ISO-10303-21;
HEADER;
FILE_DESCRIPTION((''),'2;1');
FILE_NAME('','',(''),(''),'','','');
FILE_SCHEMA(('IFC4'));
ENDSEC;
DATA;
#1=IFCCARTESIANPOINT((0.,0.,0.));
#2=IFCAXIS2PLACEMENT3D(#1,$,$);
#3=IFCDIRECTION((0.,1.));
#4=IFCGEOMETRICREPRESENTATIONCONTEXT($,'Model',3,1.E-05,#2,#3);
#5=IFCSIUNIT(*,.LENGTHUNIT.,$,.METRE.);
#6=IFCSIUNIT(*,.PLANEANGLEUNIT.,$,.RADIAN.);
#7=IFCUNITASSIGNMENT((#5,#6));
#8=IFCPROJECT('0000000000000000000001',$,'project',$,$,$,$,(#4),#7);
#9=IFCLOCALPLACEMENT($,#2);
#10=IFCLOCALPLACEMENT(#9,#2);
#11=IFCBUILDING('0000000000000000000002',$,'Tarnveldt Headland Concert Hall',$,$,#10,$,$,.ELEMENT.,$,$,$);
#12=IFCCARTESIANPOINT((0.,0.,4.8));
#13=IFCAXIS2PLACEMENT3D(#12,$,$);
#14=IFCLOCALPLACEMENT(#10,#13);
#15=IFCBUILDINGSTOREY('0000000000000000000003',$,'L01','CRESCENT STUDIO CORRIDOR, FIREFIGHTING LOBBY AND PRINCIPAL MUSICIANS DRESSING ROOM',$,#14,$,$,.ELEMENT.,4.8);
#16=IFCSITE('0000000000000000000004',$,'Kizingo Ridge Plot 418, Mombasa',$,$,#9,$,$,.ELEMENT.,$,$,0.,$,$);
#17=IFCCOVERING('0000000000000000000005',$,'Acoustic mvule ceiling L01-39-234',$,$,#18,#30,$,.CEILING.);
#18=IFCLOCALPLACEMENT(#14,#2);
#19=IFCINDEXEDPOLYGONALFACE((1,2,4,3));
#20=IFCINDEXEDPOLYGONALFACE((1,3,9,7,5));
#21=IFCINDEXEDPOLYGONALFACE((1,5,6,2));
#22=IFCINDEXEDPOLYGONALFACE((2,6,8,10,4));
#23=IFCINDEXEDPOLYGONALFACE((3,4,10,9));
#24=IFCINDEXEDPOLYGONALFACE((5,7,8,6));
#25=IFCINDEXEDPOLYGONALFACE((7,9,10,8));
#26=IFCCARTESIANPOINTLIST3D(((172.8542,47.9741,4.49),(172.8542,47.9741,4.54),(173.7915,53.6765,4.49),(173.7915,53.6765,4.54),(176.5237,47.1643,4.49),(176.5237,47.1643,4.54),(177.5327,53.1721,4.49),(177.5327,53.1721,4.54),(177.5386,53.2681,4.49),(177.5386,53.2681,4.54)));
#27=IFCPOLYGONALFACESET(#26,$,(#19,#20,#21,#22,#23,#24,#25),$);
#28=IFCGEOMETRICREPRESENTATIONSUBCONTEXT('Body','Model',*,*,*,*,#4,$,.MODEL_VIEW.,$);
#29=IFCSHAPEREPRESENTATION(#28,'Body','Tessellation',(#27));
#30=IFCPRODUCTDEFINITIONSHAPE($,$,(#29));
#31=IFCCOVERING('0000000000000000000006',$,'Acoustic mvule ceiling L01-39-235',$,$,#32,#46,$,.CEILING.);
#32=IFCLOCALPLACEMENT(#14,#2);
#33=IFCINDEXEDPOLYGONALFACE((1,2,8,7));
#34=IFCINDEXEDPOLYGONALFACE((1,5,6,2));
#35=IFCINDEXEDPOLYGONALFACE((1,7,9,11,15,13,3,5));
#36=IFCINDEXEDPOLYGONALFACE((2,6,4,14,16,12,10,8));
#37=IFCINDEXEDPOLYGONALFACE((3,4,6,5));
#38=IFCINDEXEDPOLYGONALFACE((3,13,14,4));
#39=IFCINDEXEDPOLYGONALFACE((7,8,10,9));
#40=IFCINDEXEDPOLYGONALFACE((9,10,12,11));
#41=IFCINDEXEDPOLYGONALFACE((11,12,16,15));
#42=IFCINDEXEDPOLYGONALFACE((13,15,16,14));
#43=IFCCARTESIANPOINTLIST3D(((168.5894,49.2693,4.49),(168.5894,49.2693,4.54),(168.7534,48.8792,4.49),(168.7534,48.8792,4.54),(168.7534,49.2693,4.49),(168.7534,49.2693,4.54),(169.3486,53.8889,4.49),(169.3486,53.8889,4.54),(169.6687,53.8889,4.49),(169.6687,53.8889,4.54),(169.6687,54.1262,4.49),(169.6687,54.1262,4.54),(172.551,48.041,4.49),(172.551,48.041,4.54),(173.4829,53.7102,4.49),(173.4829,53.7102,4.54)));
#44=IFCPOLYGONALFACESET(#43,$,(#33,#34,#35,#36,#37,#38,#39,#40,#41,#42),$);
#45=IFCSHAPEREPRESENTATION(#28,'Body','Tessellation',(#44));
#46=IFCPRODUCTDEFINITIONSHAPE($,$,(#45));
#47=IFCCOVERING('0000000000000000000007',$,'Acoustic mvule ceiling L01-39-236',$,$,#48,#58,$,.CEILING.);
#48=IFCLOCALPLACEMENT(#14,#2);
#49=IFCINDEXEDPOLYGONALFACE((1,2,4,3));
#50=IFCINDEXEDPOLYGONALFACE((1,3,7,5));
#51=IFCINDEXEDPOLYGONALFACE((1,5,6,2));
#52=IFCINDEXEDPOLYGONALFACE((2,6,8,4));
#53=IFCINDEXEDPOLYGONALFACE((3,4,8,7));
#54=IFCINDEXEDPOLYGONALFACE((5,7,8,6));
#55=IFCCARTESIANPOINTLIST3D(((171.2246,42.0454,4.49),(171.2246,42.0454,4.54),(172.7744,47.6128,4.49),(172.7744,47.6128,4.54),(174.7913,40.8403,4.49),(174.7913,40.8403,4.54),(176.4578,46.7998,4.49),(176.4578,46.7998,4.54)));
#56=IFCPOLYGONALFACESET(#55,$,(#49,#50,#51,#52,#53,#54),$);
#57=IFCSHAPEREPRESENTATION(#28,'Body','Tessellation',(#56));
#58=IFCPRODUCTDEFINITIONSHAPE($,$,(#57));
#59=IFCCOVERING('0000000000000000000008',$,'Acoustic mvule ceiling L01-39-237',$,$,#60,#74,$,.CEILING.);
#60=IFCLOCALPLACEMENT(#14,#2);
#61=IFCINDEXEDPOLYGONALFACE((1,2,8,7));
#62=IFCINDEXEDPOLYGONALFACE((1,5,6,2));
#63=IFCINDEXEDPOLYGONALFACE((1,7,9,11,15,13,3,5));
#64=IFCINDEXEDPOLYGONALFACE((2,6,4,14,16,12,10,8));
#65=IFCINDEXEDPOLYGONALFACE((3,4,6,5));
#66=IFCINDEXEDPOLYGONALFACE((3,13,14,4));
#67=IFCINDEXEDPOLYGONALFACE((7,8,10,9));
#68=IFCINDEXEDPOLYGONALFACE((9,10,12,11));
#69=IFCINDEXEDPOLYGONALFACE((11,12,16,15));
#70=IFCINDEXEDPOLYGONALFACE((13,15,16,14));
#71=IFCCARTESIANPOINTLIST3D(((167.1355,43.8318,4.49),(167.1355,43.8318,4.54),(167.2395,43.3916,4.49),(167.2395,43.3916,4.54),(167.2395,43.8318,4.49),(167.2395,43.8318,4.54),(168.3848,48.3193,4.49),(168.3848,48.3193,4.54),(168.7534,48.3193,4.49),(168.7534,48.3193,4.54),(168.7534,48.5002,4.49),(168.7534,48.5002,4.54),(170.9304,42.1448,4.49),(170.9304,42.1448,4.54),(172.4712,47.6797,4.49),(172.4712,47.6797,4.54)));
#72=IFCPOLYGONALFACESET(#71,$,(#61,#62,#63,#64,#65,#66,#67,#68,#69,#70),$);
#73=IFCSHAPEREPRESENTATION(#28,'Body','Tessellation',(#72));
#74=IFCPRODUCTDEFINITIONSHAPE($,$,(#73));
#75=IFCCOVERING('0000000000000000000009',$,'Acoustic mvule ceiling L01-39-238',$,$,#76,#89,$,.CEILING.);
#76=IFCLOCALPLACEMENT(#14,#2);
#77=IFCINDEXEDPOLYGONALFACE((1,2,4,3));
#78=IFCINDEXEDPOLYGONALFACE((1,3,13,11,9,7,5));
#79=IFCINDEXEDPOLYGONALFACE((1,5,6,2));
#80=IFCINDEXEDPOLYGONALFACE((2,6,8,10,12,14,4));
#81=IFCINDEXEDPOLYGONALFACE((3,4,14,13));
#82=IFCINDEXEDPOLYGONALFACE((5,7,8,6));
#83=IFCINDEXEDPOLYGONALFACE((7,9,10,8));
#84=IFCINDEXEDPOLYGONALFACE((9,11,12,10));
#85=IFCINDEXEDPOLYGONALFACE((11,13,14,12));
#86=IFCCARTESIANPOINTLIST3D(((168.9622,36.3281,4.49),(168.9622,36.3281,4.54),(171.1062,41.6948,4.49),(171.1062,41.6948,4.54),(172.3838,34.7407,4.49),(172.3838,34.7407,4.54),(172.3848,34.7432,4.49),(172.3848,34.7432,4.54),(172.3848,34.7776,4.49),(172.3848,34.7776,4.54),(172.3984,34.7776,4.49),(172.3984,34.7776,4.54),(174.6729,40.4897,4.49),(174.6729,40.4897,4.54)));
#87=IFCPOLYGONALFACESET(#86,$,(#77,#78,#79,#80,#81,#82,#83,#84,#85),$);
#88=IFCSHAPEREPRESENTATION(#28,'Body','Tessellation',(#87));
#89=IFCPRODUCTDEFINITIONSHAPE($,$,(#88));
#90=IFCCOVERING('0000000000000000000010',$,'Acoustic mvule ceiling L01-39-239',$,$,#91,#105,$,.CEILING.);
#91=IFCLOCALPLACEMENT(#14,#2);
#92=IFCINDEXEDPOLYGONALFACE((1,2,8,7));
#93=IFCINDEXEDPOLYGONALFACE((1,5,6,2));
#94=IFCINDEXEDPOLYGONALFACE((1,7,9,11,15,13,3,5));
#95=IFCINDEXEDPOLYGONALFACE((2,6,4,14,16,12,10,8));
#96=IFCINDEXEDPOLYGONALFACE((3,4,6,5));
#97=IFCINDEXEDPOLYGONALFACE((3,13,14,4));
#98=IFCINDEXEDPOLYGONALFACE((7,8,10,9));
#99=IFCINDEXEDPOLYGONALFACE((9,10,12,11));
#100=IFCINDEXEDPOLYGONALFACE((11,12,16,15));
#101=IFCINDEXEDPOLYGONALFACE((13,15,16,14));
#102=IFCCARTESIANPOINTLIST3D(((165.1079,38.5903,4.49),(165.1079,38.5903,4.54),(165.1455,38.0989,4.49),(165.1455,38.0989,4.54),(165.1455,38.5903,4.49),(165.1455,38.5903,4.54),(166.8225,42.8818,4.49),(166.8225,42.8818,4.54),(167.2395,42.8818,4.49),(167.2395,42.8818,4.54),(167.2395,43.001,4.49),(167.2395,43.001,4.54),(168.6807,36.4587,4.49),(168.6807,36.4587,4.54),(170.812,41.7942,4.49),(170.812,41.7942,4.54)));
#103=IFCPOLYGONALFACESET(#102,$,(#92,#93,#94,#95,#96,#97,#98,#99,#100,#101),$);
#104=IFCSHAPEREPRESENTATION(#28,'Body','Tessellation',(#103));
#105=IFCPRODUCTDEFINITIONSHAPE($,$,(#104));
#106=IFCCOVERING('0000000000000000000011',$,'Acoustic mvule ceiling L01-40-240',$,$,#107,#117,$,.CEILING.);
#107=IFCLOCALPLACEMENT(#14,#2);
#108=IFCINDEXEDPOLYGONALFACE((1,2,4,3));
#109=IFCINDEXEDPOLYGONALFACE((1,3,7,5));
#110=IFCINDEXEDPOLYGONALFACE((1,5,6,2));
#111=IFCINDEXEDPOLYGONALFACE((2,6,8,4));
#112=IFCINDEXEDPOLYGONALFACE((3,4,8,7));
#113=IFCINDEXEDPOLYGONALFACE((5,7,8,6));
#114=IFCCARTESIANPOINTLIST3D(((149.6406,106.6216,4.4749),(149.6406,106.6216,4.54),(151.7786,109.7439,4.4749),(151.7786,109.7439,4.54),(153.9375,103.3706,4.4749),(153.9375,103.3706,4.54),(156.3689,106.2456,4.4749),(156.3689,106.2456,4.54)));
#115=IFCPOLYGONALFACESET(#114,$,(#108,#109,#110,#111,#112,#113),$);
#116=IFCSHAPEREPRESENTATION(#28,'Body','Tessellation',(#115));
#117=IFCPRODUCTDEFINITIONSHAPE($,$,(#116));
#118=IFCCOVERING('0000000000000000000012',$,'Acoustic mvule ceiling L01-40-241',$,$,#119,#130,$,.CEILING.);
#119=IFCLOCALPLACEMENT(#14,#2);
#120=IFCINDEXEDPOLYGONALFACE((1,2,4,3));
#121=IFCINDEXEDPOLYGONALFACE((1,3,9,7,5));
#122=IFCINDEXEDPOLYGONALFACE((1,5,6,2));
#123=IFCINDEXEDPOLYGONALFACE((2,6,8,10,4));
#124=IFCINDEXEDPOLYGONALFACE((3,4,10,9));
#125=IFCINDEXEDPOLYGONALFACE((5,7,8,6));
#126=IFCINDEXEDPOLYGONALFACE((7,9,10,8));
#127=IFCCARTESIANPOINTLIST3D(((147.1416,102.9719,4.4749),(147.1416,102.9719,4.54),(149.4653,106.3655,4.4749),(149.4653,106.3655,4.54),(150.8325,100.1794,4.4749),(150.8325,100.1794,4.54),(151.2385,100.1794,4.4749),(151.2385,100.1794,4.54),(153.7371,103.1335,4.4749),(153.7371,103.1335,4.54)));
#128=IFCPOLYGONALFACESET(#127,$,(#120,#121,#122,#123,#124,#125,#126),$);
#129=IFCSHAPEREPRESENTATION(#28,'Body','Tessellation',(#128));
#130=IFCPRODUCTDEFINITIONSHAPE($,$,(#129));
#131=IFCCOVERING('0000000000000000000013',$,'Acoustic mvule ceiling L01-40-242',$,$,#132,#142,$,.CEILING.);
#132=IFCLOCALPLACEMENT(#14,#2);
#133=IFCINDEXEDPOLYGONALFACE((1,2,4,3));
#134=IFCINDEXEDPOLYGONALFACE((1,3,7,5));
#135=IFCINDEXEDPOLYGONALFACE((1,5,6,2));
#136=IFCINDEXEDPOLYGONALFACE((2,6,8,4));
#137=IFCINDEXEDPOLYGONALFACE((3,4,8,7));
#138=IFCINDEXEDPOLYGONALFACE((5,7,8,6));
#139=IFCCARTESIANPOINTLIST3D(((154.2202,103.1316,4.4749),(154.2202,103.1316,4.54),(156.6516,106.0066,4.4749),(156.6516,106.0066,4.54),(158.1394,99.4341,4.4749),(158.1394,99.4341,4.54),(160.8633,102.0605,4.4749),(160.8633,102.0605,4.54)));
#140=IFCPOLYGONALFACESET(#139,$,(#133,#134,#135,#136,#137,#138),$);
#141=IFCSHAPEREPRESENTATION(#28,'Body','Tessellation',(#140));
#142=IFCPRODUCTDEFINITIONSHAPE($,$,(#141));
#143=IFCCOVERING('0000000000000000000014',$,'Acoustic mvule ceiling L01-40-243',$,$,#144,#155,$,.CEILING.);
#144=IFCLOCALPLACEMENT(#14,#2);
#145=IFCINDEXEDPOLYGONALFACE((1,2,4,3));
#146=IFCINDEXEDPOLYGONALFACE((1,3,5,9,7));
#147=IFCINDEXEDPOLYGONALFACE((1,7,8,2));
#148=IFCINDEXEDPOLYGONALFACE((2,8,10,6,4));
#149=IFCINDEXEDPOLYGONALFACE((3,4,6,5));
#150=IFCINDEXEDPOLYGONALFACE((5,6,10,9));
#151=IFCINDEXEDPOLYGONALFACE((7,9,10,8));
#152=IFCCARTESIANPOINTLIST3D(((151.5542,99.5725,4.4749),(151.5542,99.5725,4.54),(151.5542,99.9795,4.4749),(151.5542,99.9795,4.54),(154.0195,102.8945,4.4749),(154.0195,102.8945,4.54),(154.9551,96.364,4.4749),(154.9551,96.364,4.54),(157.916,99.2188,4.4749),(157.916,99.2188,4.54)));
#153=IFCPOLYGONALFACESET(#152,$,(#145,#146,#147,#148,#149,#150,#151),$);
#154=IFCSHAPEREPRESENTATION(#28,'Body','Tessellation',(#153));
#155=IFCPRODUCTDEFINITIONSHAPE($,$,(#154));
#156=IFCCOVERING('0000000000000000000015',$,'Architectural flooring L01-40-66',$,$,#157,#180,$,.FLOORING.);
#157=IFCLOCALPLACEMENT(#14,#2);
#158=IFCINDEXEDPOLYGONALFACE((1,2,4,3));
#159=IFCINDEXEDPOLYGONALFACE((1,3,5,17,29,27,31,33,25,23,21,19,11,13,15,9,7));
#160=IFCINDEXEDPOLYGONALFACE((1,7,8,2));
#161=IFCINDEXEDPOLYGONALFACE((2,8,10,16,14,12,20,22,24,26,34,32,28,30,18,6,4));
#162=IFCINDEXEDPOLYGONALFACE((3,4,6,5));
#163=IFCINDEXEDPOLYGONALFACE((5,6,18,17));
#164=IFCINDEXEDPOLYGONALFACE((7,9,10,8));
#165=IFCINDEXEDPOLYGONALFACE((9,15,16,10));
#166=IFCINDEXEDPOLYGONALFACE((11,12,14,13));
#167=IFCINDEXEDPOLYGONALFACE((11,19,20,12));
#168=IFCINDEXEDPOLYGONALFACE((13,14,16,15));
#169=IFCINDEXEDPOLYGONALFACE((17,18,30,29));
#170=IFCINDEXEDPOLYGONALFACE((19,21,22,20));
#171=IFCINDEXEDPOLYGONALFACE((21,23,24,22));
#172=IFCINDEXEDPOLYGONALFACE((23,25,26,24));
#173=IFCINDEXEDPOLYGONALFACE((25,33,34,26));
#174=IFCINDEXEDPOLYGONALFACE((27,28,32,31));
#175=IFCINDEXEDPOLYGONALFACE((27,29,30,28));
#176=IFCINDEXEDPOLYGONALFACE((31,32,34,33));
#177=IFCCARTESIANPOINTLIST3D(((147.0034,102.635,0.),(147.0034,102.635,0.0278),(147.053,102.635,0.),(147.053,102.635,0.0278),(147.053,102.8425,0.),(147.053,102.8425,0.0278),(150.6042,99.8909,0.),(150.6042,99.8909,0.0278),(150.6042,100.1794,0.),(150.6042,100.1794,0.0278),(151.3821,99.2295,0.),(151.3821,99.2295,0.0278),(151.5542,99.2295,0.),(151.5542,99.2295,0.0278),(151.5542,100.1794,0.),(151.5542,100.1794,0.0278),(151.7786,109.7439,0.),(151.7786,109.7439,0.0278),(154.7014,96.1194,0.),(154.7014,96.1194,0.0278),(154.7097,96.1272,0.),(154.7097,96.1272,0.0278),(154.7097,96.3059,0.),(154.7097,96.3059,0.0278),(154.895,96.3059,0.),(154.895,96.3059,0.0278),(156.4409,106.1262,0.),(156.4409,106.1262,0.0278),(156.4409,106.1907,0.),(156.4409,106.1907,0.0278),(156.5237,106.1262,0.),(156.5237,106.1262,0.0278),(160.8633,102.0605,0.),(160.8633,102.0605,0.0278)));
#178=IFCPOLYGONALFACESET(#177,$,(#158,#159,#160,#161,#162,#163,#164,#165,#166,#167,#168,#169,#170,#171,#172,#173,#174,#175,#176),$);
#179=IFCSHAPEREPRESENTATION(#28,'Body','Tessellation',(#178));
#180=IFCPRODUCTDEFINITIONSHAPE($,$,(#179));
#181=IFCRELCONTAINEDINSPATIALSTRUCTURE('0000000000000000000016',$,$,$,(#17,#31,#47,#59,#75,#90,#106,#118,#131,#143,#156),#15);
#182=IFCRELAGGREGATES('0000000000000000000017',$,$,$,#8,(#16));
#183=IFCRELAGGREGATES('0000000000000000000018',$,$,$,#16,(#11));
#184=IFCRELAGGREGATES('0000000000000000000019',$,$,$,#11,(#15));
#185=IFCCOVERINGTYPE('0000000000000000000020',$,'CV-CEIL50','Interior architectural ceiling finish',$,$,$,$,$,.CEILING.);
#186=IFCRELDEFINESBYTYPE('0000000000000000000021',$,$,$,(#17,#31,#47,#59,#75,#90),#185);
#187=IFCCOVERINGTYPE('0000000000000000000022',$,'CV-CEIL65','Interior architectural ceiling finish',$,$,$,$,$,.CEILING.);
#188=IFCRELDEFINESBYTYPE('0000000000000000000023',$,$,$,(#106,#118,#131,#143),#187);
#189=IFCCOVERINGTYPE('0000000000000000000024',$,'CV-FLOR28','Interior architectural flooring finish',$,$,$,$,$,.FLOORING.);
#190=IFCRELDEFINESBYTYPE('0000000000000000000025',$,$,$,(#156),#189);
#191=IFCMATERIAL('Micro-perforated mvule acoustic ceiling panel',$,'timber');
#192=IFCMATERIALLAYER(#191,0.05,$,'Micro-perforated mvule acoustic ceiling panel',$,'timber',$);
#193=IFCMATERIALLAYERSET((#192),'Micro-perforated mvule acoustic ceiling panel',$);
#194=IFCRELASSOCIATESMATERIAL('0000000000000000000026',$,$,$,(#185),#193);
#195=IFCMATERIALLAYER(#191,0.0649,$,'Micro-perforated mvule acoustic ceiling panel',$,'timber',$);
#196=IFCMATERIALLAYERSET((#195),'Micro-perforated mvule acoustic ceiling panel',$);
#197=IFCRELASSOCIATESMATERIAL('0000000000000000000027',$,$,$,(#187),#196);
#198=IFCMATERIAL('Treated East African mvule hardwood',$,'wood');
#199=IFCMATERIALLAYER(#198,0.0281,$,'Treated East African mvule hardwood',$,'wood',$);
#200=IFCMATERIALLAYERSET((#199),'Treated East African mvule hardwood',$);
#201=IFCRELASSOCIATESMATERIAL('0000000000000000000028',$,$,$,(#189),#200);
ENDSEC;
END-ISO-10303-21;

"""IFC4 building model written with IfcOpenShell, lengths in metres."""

from ifc_helpers import new_model, si_unit, direction, frame, origin, place, context, subcontext, project, spatial, polyline, outline, extrude, material, layer, layer_set, type_object, element, save


model = new_model("IFC4")

# Units and contexts
model_context = context("Model", 3, precision=1e-05, world=origin(), true_north=direction((0.0, 1.0)))
body_context = subcontext(model_context, "Body", "Model", "MODEL_VIEW")
ifc_project = project(units=[si_unit("LENGTHUNIT", "METRE"), si_unit("PLANEANGLEUNIT", "RADIAN")], contexts=[model_context])

# Site, building, storey
site_placement = place(None, origin())
site = spatial("IfcSite", under=ifc_project, at=site_placement, Name="Kizingo Ridge Plot 418, Mombasa", CompositionType="ELEMENT", RefElevation=0.0)
building_placement = place(site_placement, origin())
building = spatial("IfcBuilding", under=site, at=building_placement, Name="Tarnveldt Headland Concert Hall", CompositionType="ELEMENT")
storey_placement = place(building_placement, frame((0.0, 0.0, 4.8)))
storey = spatial("IfcBuildingStorey", under=building, at=storey_placement, Name="L01", Description="CRESCENT STUDIO CORRIDOR, FIREFIGHTING LOBBY AND PRINCIPAL MUSICIANS DRESSING ROOM", CompositionType="ELEMENT", Elevation=4.8)

# Coverings
ifc_material_1 = material(Name="Micro-perforated mvule acoustic ceiling panel", Category="timber")
ifc_layer_1 = layer(ifc_material_1, 0.05, Name="Micro-perforated mvule acoustic ceiling panel", Category="timber")
ifc_layer_set_1 = layer_set([ifc_layer_1], Name="Micro-perforated mvule acoustic ceiling panel")
covering_type_1 = type_object("IfcCoveringType", Name="CV-CEIL50", Description="Interior architectural ceiling finish", PredefinedType="CEILING", material=ifc_layer_set_1)
covering_1_placement = place(storey_placement, frame((0.0, 0.0, 4.49)))
element("IfcCovering", 1, at=covering_1_placement, inside=storey, type_object=covering_type_1, Name="Acoustic mvule ceiling L01-39-234", PredefinedType="CEILING", context=body_context, shape_type="SweptSolid", body=[
    extrude(outline(polyline([(173.7915, 53.6765), (177.5386, 53.2681), (177.5327, 53.1721), (176.5237, 47.1643), (172.8542, 47.9741), (173.7915, 53.6765)])), origin(), (0.0, 0.0, 1.0), 0.05),
])
covering_2_placement = place(storey_placement, frame((0.0, 0.0, 4.49)))
element("IfcCovering", 2, at=covering_2_placement, inside=storey, type_object=covering_type_1, Name="Acoustic mvule ceiling L01-39-235", PredefinedType="CEILING", context=body_context, shape_type="SweptSolid", body=[
    extrude(outline(polyline([(168.5894, 49.2693), (169.3486, 53.8889), (169.6687, 53.8889), (169.6687, 54.1262), (173.4829, 53.7102), (172.551, 48.041), (168.7534, 48.8792), (168.7534, 49.2693), (168.5894, 49.2693)])), origin(), (0.0, 0.0, 1.0), 0.05),
])
covering_3_placement = place(storey_placement, frame((0.0, 0.0, 4.49)))
element("IfcCovering", 3, at=covering_3_placement, inside=storey, type_object=covering_type_1, Name="Acoustic mvule ceiling L01-39-236", PredefinedType="CEILING", context=body_context, shape_type="SweptSolid", body=[
    extrude(outline(polyline([(172.7744, 47.6128), (176.4578, 46.7998), (174.7913, 40.8403), (171.2246, 42.0454), (172.7744, 47.6128)])), origin(), (0.0, 0.0, 1.0), 0.05),
])
covering_4_placement = place(storey_placement, frame((0.0, 0.0, 4.49)))
element("IfcCovering", 4, at=covering_4_placement, inside=storey, type_object=covering_type_1, Name="Acoustic mvule ceiling L01-39-237", PredefinedType="CEILING", context=body_context, shape_type="SweptSolid", body=[
    extrude(outline(polyline([(168.7534, 48.5002), (172.4712, 47.6797), (170.9304, 42.1448), (167.2395, 43.3916), (167.2395, 43.8318), (167.1355, 43.8318), (168.3848, 48.3193), (168.7534, 48.3193), (168.7534, 48.5002)])), origin(), (0.0, 0.0, 1.0), 0.05),
])
covering_5_placement = place(storey_placement, frame((0.0, 0.0, 4.49)))
element("IfcCovering", 5, at=covering_5_placement, inside=storey, type_object=covering_type_1, Name="Acoustic mvule ceiling L01-39-238", PredefinedType="CEILING", context=body_context, shape_type="SweptSolid", body=[
    extrude(outline(polyline([(172.3848, 34.7432), (172.3838, 34.7407), (168.9622, 36.3281), (171.1062, 41.6948), (174.6729, 40.4897), (172.3984, 34.7776), (172.3848, 34.7776), (172.3848, 34.7432)])), origin(), (0.0, 0.0, 1.0), 0.05),
])
covering_6_placement = place(storey_placement, frame((0.0, 0.0, 4.49)))
element("IfcCovering", 6, at=covering_6_placement, inside=storey, type_object=covering_type_1, Name="Acoustic mvule ceiling L01-39-239", PredefinedType="CEILING", context=body_context, shape_type="SweptSolid", body=[
    extrude(outline(polyline([(165.1455, 38.0989), (165.1455, 38.5903), (165.1079, 38.5903), (166.8225, 42.8818), (167.2395, 42.8818), (167.2395, 43.001), (170.812, 41.7942), (168.6807, 36.4587), (165.1455, 38.0989)])), origin(), (0.0, 0.0, 1.0), 0.05),
])
ifc_layer_2 = layer(ifc_material_1, 0.0649, Name="Micro-perforated mvule acoustic ceiling panel", Category="timber")
ifc_layer_set_2 = layer_set([ifc_layer_2], Name="Micro-perforated mvule acoustic ceiling panel")
covering_type_2 = type_object("IfcCoveringType", Name="CV-CEIL65", Description="Interior architectural ceiling finish", PredefinedType="CEILING", material=ifc_layer_set_2)
covering_7_placement = place(storey_placement, frame((0.0, 0.0, 4.4749)))
element("IfcCovering", 7, at=covering_7_placement, inside=storey, type_object=covering_type_2, Name="Acoustic mvule ceiling L01-40-240", PredefinedType="CEILING", context=body_context, shape_type="SweptSolid", body=[
    extrude(outline(polyline([(153.9375, 103.3706), (149.6406, 106.6216), (151.7786, 109.7439), (156.3689, 106.2456), (153.9375, 103.3706)])), origin(), (0.0, 0.0, 1.0), 0.0652),
])
covering_8_placement = place(storey_placement, frame((0.0, 0.0, 4.4749)))
element("IfcCovering", 8, at=covering_8_placement, inside=storey, type_object=covering_type_2, Name="Acoustic mvule ceiling L01-40-241", PredefinedType="CEILING", context=body_context, shape_type="SweptSolid", body=[
    extrude(outline(polyline([(150.8325, 100.1794), (147.1416, 102.9719), (149.4653, 106.3655), (153.7371, 103.1335), (151.2385, 100.1794), (150.8325, 100.1794)])), origin(), (0.0, 0.0, 1.0), 0.0652),
])
covering_9_placement = place(storey_placement, frame((0.0, 0.0, 4.4749)))
element("IfcCovering", 9, at=covering_9_placement, inside=storey, type_object=covering_type_2, Name="Acoustic mvule ceiling L01-40-242", PredefinedType="CEILING", context=body_context, shape_type="SweptSolid", body=[
    extrude(outline(polyline([(156.6516, 106.0066), (160.8633, 102.0605), (158.1394, 99.4341), (154.2202, 103.1316), (156.6516, 106.0066)])), origin(), (0.0, 0.0, 1.0), 0.0652),
])
covering_10_placement = place(storey_placement, frame((0.0, 0.0, 4.4749)))
element("IfcCovering", 10, at=covering_10_placement, inside=storey, type_object=covering_type_2, Name="Acoustic mvule ceiling L01-40-243", PredefinedType="CEILING", context=body_context, shape_type="SweptSolid", body=[
    extrude(outline(polyline([(151.5542, 99.9795), (154.0195, 102.8945), (157.916, 99.2188), (154.9551, 96.364), (151.5542, 99.5725), (151.5542, 99.9795)])), origin(), (0.0, 0.0, 1.0), 0.0652),
])
ifc_material_2 = material(Name="Treated East African mvule hardwood", Category="wood")
ifc_layer_3 = layer(ifc_material_2, 0.0281, Name="Treated East African mvule hardwood", Category="wood")
ifc_layer_set_3 = layer_set([ifc_layer_3], Name="Treated East African mvule hardwood")
covering_type_3 = type_object("IfcCoveringType", Name="CV-FLOR28", Description="Interior architectural flooring finish", PredefinedType="FLOORING", material=ifc_layer_set_3)
covering_11_placement = place(storey_placement, origin())
element("IfcCovering", 11, at=covering_11_placement, inside=storey, type_object=covering_type_3, Name="Architectural flooring L01-40-66", PredefinedType="FLOORING", context=body_context, shape_type="SweptSolid", body=[
    extrude(outline(polyline([(151.3821, 99.2295), (151.5542, 99.2295), (151.5542, 100.1794), (150.6042, 100.1794), (150.6042, 99.8909), (147.0034, 102.635), (147.053, 102.635), (147.053, 102.8425), (151.7786, 109.7439), (156.4409, 106.1907), (156.4409, 106.1262), (156.5237, 106.1262), (160.8633, 102.0605), (154.895, 96.3059), (154.7097, 96.3059), (154.7097, 96.1272), (154.7014, 96.1194), (151.3821, 99.2295)])), origin(), (0.0, 0.0, 1.0), 0.0278),
])

save(model, "model.ifc")
